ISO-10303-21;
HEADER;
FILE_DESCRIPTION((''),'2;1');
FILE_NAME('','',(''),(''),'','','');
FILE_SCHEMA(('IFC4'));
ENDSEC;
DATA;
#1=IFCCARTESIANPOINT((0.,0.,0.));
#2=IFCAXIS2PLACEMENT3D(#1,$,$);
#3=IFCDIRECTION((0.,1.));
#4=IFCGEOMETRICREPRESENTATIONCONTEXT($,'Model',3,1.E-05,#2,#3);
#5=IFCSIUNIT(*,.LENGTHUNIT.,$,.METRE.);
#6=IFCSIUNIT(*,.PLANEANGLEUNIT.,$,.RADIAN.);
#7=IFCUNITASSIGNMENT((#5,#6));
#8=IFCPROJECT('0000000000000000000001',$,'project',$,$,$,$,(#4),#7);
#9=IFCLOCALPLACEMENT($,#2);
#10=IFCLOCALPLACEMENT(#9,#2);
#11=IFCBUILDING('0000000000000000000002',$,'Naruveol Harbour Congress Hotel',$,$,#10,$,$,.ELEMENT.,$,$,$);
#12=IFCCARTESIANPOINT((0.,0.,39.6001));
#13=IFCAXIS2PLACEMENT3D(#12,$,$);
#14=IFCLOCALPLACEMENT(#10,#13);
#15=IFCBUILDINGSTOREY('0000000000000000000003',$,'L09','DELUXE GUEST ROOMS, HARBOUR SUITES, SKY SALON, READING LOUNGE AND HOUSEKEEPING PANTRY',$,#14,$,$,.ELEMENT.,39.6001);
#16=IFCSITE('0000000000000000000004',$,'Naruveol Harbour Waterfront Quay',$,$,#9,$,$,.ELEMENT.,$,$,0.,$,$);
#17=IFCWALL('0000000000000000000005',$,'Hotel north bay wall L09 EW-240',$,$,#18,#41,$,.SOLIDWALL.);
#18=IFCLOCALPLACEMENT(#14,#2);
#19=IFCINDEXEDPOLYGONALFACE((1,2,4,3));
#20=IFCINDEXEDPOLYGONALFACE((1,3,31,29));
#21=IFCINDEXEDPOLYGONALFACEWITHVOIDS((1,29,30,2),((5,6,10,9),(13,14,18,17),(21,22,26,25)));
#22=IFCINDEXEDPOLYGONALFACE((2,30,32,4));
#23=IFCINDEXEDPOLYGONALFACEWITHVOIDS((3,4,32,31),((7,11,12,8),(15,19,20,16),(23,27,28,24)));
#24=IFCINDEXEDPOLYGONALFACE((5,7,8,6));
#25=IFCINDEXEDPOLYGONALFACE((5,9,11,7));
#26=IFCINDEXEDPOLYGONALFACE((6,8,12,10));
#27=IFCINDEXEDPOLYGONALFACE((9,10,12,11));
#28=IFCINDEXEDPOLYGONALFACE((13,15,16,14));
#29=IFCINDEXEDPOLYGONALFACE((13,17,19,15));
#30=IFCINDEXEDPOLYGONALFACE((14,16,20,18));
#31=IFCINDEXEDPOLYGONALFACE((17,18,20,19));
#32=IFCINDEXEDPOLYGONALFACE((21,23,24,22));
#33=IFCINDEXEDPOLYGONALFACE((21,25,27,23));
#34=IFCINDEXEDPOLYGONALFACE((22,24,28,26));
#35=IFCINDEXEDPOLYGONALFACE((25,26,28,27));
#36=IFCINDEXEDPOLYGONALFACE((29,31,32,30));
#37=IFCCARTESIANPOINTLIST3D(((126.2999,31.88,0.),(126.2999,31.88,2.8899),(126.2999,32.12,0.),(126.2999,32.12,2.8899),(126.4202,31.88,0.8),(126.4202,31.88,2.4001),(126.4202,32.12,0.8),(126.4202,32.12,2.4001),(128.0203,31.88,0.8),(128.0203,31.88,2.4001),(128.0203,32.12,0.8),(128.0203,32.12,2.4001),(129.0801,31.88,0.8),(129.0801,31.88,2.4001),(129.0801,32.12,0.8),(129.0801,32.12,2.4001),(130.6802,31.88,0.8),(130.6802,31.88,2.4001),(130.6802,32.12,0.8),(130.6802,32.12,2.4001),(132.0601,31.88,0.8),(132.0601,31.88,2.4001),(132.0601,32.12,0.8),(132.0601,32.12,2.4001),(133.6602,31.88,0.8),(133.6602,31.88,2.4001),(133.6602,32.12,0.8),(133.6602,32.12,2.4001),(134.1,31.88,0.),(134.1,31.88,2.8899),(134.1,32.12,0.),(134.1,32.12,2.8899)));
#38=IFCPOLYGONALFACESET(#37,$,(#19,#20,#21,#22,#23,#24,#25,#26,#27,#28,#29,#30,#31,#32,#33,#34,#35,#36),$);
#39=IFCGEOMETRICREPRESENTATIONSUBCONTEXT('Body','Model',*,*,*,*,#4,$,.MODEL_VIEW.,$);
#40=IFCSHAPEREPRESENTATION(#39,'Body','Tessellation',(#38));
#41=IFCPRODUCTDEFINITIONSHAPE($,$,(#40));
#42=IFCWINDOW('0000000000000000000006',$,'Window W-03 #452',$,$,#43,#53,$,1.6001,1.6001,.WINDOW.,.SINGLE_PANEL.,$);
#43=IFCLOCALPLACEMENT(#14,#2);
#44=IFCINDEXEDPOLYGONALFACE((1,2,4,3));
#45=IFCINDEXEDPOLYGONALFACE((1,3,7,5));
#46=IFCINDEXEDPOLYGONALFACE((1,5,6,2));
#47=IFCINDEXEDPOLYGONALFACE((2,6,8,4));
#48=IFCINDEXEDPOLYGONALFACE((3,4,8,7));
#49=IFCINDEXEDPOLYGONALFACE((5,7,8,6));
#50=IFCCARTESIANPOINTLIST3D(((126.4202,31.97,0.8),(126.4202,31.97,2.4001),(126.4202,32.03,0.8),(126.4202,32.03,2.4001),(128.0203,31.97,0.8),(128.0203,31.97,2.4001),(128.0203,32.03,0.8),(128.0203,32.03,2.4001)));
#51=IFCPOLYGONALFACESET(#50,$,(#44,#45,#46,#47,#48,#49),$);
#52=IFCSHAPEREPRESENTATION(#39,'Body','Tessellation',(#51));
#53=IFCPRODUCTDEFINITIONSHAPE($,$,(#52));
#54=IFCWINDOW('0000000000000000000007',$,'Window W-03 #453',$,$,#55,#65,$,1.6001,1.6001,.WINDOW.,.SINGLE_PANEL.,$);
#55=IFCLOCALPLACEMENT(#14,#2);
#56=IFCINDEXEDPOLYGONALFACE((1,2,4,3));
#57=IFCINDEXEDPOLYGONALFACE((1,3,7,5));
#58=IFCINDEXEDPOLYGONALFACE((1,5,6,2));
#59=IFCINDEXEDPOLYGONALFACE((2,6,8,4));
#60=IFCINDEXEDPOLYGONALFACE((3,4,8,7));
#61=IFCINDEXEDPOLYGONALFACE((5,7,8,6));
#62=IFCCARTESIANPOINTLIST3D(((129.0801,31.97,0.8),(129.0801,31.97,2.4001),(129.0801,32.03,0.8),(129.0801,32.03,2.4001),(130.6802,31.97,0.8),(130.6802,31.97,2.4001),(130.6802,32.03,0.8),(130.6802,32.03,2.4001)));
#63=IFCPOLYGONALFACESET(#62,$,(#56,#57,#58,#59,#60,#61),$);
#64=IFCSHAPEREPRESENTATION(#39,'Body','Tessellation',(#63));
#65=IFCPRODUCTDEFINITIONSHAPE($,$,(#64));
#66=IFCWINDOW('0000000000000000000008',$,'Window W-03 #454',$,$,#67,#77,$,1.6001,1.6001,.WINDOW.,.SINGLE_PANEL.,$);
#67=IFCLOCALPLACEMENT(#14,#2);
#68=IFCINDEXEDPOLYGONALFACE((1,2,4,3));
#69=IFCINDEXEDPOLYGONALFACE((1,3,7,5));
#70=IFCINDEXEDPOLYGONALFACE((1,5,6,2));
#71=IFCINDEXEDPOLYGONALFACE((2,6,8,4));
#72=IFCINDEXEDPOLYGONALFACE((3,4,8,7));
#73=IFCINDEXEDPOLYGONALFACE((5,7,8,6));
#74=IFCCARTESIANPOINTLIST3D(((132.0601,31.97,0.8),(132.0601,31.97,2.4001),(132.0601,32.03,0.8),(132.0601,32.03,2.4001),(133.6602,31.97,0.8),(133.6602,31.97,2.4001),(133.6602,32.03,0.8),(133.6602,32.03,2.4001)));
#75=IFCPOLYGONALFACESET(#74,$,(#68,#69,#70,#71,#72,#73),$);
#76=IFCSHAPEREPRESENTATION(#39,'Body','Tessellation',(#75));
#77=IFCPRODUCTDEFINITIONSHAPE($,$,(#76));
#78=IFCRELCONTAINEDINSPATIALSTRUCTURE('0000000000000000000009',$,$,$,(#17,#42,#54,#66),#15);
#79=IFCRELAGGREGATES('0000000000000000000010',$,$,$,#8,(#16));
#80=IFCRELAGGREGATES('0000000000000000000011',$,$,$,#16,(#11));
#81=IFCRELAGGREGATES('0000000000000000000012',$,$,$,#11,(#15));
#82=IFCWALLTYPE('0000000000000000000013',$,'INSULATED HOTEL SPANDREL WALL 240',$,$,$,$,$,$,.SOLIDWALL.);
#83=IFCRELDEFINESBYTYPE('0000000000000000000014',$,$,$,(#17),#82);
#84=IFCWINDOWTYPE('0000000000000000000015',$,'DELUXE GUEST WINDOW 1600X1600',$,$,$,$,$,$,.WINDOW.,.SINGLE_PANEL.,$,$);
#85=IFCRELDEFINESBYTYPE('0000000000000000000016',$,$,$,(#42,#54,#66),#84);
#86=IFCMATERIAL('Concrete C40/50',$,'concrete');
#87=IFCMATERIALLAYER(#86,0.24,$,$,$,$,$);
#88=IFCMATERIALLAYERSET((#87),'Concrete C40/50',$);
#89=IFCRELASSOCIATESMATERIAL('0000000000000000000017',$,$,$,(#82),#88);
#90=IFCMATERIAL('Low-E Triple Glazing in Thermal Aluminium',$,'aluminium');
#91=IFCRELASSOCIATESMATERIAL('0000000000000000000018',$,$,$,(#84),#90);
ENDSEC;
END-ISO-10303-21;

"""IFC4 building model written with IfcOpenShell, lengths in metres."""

from ifc_helpers import new_model, si_unit, direction, frame, frame_2d, origin, place, context, subcontext, project, spatial, rectangle, extrude, material, layer, layer_set, type_object, element, fill, save


model = new_model("IFC4")

# Units and contexts
model_context = context("Model", 3, precision=1e-05, world=origin(), true_north=direction((0.0, 1.0)))
body_context = subcontext(model_context, "Body", "Model", "MODEL_VIEW")
ifc_project = project(units=[si_unit("LENGTHUNIT", "METRE"), si_unit("PLANEANGLEUNIT", "RADIAN")], contexts=[model_context])

# Site, building, storey
site_placement = place(None, origin())
site = spatial("IfcSite", under=ifc_project, at=site_placement, Name="Naruveol Harbour Waterfront Quay", CompositionType="ELEMENT", RefElevation=0.0)
building_placement = place(site_placement, origin())
building = spatial("IfcBuilding", under=site, at=building_placement, Name="Naruveol Harbour Congress Hotel", CompositionType="ELEMENT")
storey_placement = place(building_placement, frame((0.0, 0.0, 39.6001)))
storey = spatial("IfcBuildingStorey", under=building, at=storey_placement, Name="L09", Description="DELUXE GUEST ROOMS, HARBOUR SUITES, SKY SALON, READING LOUNGE AND HOUSEKEEPING PANTRY", CompositionType="ELEMENT", Elevation=39.6001)

# Wall, openings, windows
ifc_material_1 = material(Name="Concrete C40/50", Category="concrete")
ifc_layer_1 = layer(ifc_material_1, 0.24)
ifc_layer_set_1 = layer_set([ifc_layer_1], Name="Concrete C40/50")
wall_type_1 = type_object("IfcWallType", Name="INSULATED HOTEL SPANDREL WALL 240", PredefinedType="SOLIDWALL", material=ifc_layer_set_1)
wall_1_placement = place(storey_placement, frame((126.3, 32.0, 0.0), z_axis=(0.0, 0.0, 1.0), x_axis=(1.0, 0.0, 0.0)))
wall_1 = element("IfcWall", 1, at=wall_1_placement, inside=storey, type_object=wall_type_1, Name="Hotel north bay wall L09 EW-240", PredefinedType="SOLIDWALL", context=body_context, shape_type="SweptSolid", body=[
    extrude(rectangle(XDim=7.8, YDim=0.24, at=frame_2d((3.8999, 0.0))), origin(), (0.0, 0.0, 1.0), 2.8899),
])
opening_1_placement = place(wall_1_placement, frame((0.1201, 0.0, 0.8)))
opening_1 = element("IfcOpeningElement", 2, at=opening_1_placement, cuts=wall_1, PredefinedType="OPENING", context=body_context, shape_type="SweptSolid", body=[
    extrude(rectangle(XDim=1.6001, YDim=1.6001, at=frame_2d((0.8, 0.8))), frame((0.0, 0.1299, 0.0), z_axis=(0.0, -1.0, 0.0), x_axis=(1.0, 0.0, 0.0)), (0.0, 0.0, 1.0), 0.26),
])
opening_2_placement = place(wall_1_placement, frame((2.78, 0.0, 0.8)))
opening_2 = element("IfcOpeningElement", 3, at=opening_2_placement, cuts=wall_1, PredefinedType="OPENING", context=body_context, shape_type="SweptSolid", body=[
    extrude(rectangle(XDim=1.6001, YDim=1.6001, at=frame_2d((0.8, 0.8))), frame((0.0, 0.1299, 0.0), z_axis=(0.0, -1.0, 0.0), x_axis=(1.0, 0.0, 0.0)), (0.0, 0.0, 1.0), 0.26),
])
opening_3_placement = place(wall_1_placement, frame((5.76, 0.0, 0.8)))
opening_3 = element("IfcOpeningElement", 4, at=opening_3_placement, cuts=wall_1, PredefinedType="OPENING", context=body_context, shape_type="SweptSolid", body=[
    extrude(rectangle(XDim=1.6001, YDim=1.6001, at=frame_2d((0.8, 0.8))), frame((0.0, 0.1299, 0.0), z_axis=(0.0, -1.0, 0.0), x_axis=(1.0, 0.0, 0.0)), (0.0, 0.0, 1.0), 0.26),
])
ifc_material_2 = material(Name="Low-E Triple Glazing in Thermal Aluminium", Category="aluminium")
window_type = type_object("IfcWindowType", Name="DELUXE GUEST WINDOW 1600X1600", PartitioningType="SINGLE_PANEL", PredefinedType="WINDOW", material=ifc_material_2)
window_1_placement = place(opening_1_placement, origin())
window_1 = element("IfcWindow", 5, at=window_1_placement, inside=storey, type_object=window_type, Name="Window W-03 #452", OverallHeight=1.6001, OverallWidth=1.6001, PartitioningType="SINGLE_PANEL", PredefinedType="WINDOW", context=body_context, shape_type="SweptSolid", body=[
    extrude(rectangle(XDim=1.6001, YDim=1.6001, at=frame_2d((0.8, 0.8))), frame((0.0, 0.03, 0.0), z_axis=(0.0, -1.0, 0.0), x_axis=(1.0, 0.0, 0.0)), (0.0, 0.0, 1.0), 0.0601),
])
fill(opening_1, window_1)
window_2_placement = place(opening_2_placement, origin())
window_2 = element("IfcWindow", 6, at=window_2_placement, inside=storey, type_object=window_type, Name="Window W-03 #453", OverallHeight=1.6001, OverallWidth=1.6001, PartitioningType="SINGLE_PANEL", PredefinedType="WINDOW", context=body_context, shape_type="SweptSolid", body=[
    extrude(rectangle(XDim=1.6001, YDim=1.6001, at=frame_2d((0.8, 0.8))), frame((0.0, 0.03, 0.0), z_axis=(0.0, -1.0, 0.0), x_axis=(1.0, 0.0, 0.0)), (0.0, 0.0, 1.0), 0.0601),
])
fill(opening_2, window_2)
window_3_placement = place(opening_3_placement, origin())
window_3 = element("IfcWindow", 7, at=window_3_placement, inside=storey, type_object=window_type, Name="Window W-03 #454", OverallHeight=1.6001, OverallWidth=1.6001, PartitioningType="SINGLE_PANEL", PredefinedType="WINDOW", context=body_context, shape_type="SweptSolid", body=[
    extrude(rectangle(XDim=1.6001, YDim=1.6001, at=frame_2d((0.8, 0.8))), frame((0.0, 0.03, 0.0), z_axis=(0.0, -1.0, 0.0), x_axis=(1.0, 0.0, 0.0)), (0.0, 0.0, 1.0), 0.0601),
])
fill(opening_3, window_3)

save(model, "model.ifc")
